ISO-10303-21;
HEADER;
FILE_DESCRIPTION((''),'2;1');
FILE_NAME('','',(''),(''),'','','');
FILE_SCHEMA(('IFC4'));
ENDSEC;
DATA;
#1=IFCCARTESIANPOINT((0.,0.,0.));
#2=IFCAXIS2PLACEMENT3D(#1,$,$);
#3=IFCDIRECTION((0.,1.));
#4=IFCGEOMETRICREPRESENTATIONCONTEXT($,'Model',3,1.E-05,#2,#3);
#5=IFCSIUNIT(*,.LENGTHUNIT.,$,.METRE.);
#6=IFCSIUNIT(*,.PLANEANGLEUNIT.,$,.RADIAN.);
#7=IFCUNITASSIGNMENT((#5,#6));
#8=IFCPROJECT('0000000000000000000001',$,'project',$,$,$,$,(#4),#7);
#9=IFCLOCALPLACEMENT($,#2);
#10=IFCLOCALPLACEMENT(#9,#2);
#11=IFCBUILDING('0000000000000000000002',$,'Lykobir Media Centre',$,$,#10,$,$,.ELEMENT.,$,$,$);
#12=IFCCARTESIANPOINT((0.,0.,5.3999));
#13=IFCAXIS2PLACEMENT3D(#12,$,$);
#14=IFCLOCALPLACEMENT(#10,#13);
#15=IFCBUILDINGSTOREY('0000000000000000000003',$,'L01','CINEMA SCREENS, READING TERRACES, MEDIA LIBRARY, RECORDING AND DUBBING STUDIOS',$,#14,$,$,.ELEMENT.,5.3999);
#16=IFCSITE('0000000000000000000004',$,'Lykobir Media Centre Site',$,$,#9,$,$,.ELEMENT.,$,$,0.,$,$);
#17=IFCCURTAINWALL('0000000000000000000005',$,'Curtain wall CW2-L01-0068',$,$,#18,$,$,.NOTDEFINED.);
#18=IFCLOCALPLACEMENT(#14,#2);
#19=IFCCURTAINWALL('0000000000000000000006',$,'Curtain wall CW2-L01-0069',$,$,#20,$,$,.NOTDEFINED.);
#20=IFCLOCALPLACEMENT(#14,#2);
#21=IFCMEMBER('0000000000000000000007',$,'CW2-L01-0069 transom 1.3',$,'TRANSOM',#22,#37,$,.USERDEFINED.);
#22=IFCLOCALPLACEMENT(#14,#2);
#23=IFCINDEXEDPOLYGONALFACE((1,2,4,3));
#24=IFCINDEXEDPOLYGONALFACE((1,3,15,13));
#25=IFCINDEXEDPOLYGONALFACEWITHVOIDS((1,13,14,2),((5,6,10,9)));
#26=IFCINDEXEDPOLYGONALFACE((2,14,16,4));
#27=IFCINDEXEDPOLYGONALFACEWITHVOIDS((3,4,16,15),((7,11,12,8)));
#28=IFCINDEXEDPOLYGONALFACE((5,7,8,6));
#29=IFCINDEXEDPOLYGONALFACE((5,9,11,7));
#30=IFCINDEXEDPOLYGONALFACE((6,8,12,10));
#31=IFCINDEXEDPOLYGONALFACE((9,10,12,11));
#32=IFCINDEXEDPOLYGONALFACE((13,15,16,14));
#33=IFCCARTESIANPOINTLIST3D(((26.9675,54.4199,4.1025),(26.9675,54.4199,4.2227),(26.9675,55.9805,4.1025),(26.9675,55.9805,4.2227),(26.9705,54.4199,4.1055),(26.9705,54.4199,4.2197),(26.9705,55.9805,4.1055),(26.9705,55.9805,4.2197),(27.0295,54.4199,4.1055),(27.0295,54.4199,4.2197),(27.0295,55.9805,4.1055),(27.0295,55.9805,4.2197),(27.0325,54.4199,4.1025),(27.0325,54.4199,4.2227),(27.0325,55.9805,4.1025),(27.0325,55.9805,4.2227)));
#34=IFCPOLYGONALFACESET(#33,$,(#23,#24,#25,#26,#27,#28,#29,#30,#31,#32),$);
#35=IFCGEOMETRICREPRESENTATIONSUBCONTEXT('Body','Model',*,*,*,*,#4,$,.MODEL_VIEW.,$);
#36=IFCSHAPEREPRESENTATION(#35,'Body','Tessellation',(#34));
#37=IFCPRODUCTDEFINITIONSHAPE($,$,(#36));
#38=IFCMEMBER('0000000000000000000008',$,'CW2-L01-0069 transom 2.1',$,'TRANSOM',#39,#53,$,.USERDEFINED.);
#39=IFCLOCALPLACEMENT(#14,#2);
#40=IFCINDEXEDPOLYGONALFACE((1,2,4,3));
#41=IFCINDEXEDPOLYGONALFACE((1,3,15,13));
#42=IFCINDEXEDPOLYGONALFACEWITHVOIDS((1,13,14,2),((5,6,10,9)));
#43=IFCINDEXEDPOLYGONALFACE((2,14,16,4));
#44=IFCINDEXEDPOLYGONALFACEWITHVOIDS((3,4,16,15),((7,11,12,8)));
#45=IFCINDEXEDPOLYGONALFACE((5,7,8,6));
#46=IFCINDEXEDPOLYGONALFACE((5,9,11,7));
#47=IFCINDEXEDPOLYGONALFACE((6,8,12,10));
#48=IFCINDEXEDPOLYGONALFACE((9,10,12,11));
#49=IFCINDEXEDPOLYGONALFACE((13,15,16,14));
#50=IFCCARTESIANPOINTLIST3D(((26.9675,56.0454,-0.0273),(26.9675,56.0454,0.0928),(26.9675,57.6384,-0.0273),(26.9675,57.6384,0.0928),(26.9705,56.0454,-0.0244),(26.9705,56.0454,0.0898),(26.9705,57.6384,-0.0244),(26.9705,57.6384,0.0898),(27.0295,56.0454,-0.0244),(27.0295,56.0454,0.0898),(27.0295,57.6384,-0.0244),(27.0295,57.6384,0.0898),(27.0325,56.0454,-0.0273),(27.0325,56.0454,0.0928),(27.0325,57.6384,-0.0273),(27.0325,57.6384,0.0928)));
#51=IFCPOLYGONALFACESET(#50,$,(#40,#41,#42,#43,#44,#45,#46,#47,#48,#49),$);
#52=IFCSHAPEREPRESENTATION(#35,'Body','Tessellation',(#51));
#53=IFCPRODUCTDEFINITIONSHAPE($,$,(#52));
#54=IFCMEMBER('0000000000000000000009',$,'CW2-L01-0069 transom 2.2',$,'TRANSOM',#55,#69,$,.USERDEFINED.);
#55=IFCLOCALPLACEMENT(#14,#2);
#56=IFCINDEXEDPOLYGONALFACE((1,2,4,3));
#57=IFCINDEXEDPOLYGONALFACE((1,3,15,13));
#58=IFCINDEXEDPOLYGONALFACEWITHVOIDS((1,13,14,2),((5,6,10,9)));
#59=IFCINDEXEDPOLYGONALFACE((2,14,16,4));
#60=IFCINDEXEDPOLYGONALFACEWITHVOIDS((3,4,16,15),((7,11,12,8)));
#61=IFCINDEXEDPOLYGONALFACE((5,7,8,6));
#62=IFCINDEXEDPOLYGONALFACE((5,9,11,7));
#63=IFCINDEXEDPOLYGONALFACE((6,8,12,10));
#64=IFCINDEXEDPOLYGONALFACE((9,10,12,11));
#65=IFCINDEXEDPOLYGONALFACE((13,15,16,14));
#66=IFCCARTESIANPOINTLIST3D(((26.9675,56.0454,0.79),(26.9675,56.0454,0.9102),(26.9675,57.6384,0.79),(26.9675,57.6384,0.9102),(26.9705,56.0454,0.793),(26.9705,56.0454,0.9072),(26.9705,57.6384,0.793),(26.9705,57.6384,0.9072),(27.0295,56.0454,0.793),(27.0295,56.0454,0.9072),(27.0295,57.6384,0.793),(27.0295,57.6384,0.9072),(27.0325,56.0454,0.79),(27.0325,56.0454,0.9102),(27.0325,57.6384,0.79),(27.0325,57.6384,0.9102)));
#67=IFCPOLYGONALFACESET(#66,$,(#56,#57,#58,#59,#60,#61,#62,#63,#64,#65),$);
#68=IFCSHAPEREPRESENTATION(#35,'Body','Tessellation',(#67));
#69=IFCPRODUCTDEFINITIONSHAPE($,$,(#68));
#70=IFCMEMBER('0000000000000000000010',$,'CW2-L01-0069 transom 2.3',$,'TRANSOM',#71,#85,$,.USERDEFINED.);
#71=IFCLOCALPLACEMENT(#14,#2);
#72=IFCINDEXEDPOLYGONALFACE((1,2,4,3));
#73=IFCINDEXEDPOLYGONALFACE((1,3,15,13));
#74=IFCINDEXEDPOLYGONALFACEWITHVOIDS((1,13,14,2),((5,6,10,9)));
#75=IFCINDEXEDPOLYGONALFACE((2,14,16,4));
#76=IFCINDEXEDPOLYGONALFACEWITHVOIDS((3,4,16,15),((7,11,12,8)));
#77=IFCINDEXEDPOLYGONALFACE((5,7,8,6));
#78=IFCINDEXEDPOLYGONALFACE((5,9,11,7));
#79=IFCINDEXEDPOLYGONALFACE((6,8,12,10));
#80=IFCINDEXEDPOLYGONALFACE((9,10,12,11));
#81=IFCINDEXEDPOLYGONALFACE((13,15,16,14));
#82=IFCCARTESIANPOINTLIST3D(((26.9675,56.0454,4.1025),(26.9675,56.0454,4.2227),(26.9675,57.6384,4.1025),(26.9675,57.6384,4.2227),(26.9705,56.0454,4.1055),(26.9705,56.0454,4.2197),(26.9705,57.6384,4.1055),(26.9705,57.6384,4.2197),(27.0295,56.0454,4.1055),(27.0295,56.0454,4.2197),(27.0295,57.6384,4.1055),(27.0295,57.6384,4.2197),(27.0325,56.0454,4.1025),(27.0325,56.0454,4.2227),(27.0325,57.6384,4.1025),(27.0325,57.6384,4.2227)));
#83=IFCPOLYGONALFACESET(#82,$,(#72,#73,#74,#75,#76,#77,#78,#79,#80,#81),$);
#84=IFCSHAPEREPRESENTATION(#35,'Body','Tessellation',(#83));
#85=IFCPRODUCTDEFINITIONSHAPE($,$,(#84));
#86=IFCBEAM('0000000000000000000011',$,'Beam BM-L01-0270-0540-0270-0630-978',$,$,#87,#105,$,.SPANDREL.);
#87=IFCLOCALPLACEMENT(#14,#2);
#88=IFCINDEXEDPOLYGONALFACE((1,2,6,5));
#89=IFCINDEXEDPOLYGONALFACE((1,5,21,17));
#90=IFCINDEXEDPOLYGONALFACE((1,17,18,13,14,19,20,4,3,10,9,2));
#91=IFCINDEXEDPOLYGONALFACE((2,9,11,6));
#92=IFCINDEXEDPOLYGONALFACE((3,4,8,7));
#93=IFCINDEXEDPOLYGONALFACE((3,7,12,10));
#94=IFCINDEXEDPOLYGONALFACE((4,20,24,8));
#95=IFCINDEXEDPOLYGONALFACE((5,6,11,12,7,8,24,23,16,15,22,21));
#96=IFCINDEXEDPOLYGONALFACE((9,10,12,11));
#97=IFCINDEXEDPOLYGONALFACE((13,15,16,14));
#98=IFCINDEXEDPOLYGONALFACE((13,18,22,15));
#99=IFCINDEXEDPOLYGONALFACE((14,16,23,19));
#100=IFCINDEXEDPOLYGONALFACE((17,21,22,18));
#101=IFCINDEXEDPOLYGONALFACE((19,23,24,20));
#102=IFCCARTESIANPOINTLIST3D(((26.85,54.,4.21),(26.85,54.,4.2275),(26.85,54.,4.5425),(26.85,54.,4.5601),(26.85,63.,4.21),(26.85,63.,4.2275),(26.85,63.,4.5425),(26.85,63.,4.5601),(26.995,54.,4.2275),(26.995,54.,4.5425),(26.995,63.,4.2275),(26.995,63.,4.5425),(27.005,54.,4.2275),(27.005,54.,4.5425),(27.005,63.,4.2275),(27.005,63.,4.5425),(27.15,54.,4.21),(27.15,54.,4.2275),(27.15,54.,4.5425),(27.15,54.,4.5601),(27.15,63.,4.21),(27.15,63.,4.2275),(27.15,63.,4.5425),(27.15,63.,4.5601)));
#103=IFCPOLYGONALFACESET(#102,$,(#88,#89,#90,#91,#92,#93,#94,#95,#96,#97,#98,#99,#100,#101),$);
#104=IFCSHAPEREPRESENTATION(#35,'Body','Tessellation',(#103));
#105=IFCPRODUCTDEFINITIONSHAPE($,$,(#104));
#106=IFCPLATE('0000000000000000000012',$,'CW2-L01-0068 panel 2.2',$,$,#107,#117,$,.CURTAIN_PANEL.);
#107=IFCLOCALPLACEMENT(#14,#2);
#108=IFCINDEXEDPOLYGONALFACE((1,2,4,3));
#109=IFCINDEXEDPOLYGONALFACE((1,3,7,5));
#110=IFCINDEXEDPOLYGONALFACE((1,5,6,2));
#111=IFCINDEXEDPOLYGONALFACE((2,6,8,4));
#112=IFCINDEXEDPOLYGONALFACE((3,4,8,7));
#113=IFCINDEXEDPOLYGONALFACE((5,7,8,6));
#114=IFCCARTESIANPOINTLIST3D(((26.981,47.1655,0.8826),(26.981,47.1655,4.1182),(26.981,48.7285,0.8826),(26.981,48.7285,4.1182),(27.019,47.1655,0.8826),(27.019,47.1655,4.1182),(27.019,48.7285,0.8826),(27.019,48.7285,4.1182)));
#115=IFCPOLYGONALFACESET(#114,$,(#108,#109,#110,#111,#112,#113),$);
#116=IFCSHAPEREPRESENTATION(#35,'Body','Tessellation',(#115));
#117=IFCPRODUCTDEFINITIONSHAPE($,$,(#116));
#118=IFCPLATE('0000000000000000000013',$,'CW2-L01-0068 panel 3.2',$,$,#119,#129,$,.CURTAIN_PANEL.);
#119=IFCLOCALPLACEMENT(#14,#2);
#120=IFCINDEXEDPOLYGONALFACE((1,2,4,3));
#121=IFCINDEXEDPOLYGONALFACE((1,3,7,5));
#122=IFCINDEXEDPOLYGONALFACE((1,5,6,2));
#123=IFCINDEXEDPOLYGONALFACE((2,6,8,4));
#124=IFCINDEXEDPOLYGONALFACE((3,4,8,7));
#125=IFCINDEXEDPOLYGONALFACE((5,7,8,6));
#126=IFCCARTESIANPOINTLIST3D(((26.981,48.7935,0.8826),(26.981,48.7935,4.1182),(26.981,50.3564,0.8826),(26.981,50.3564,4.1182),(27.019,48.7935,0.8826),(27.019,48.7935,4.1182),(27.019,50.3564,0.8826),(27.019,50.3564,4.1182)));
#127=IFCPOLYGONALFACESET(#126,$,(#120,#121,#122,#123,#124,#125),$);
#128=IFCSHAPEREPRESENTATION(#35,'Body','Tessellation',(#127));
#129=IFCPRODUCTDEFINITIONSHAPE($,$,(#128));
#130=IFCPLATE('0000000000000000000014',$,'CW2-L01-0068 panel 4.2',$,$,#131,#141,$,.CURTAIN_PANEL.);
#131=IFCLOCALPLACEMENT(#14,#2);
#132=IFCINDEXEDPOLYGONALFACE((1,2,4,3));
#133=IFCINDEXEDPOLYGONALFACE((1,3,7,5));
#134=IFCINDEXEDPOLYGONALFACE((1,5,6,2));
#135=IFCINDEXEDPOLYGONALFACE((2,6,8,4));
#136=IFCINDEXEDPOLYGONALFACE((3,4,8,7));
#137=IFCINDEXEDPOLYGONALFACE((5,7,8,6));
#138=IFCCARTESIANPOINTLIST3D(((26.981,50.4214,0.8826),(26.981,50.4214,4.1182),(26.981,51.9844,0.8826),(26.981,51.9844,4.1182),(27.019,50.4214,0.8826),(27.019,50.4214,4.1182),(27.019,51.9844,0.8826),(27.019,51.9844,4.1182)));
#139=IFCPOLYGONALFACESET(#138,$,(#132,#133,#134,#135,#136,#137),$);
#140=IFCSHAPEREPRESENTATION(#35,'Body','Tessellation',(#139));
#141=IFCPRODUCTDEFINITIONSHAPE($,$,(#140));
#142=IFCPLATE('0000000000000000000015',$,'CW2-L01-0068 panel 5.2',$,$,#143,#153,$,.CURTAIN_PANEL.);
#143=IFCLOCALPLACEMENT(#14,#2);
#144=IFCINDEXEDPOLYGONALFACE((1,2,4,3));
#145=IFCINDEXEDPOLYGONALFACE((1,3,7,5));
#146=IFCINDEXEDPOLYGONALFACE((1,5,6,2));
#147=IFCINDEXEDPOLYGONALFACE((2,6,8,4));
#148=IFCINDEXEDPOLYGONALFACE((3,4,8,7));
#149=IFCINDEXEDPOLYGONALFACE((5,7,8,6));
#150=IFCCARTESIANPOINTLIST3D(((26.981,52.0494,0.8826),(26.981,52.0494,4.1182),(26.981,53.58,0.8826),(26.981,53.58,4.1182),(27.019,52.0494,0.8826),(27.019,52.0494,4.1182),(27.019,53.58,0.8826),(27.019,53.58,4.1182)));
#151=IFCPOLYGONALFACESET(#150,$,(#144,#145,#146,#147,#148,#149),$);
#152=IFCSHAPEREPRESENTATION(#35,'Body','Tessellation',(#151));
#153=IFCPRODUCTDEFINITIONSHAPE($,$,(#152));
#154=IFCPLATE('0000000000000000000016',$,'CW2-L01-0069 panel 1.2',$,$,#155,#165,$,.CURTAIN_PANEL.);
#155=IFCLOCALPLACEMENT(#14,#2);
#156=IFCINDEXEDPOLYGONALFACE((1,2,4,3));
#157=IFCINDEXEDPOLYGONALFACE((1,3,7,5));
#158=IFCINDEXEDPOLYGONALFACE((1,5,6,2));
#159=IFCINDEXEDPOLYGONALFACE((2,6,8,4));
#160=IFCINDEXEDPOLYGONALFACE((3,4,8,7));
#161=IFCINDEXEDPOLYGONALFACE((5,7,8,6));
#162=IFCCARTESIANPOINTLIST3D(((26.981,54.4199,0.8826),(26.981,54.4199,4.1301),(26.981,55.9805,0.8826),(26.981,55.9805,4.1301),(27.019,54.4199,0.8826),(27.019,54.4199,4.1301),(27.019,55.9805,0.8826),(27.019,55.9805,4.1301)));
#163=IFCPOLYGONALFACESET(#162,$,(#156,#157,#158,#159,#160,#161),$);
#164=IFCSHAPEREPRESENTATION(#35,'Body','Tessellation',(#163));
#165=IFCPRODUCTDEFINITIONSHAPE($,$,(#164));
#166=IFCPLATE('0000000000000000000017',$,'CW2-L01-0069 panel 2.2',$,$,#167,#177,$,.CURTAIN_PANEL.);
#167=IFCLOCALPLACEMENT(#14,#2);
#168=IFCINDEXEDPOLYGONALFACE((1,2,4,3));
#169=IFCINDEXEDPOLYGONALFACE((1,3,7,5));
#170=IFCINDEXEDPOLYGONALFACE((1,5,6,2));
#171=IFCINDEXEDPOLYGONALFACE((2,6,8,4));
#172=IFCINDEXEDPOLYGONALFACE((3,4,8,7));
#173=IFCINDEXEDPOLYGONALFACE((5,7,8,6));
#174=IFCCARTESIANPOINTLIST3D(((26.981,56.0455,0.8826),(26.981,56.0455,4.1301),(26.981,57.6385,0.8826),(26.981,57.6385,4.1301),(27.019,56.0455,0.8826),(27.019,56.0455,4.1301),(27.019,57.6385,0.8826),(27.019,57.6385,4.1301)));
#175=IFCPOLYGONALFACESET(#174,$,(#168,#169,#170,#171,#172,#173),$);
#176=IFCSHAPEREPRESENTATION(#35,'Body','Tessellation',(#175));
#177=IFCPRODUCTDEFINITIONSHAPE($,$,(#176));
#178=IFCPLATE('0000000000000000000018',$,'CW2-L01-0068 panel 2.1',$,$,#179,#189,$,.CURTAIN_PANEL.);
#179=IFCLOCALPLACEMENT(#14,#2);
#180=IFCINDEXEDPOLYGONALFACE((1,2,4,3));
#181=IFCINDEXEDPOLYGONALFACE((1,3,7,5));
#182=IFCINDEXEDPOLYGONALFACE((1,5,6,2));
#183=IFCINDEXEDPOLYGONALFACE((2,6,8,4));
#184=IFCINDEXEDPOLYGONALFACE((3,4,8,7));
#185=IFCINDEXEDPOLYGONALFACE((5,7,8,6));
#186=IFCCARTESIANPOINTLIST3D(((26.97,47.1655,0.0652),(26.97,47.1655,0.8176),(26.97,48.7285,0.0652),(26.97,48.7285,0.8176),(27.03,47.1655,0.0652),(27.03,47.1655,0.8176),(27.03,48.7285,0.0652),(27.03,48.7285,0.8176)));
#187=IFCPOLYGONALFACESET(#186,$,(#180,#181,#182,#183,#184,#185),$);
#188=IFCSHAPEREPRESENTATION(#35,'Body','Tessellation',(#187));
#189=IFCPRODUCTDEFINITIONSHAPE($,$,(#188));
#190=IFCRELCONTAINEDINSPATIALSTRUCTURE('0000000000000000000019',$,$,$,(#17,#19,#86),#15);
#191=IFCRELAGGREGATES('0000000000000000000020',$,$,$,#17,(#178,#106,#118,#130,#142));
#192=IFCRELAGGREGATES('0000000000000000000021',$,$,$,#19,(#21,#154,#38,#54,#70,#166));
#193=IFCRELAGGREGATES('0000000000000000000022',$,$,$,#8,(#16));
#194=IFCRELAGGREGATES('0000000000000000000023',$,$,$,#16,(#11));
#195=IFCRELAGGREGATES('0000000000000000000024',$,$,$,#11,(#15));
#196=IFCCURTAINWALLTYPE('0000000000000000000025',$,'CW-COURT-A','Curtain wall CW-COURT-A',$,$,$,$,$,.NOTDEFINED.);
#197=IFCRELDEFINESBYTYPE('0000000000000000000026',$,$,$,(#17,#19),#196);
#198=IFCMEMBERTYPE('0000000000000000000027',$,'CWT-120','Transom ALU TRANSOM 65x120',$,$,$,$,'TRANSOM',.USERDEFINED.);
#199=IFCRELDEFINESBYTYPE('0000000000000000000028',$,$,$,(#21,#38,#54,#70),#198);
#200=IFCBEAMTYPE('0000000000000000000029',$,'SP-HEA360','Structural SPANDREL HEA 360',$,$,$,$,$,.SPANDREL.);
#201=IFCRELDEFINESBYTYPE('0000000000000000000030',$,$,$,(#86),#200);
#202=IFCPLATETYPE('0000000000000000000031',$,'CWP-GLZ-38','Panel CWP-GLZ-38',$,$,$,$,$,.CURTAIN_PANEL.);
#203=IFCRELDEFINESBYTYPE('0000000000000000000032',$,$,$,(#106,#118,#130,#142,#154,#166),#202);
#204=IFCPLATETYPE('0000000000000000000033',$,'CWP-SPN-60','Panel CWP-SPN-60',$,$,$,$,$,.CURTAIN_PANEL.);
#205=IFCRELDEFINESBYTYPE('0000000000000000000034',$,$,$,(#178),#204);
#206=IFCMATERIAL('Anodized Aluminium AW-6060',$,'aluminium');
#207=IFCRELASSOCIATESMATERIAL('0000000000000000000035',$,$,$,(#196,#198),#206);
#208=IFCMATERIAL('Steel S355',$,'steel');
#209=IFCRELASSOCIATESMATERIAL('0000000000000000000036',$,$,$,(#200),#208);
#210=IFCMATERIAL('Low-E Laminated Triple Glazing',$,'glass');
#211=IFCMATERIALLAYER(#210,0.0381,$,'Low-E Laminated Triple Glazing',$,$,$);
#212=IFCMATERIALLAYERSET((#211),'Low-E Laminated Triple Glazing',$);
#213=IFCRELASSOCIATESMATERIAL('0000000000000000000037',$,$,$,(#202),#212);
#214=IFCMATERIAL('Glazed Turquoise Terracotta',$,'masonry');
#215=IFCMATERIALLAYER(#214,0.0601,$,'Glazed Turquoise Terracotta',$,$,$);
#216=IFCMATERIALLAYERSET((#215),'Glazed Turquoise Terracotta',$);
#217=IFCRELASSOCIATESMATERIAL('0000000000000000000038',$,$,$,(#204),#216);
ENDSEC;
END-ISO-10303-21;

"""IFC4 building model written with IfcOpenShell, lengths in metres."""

from ifc_helpers import new_model, si_unit, direction, frame, origin, origin_2d, place, context, subcontext, project, spatial, rectangle, hollow_rectangle, i_section, extrude, material, layer, layer_set, material_profile, profile_set, type_object, element, aggregate, save


model = new_model("IFC4")

# Units and contexts
model_context = context("Model", 3, precision=1e-05, world=origin(), true_north=direction((0.0, 1.0)))
body_context = subcontext(model_context, "Body", "Model", "MODEL_VIEW")
ifc_project = project(units=[si_unit("LENGTHUNIT", "METRE"), si_unit("PLANEANGLEUNIT", "RADIAN")], contexts=[model_context])

# Site, building, storey
site_placement = place(None, origin())
site = spatial("IfcSite", under=ifc_project, at=site_placement, Name="Lykobir Media Centre Site", CompositionType="ELEMENT", RefElevation=0.0)
building_placement = place(site_placement, origin())
building = spatial("IfcBuilding", under=site, at=building_placement, Name="Lykobir Media Centre", CompositionType="ELEMENT")
storey_placement = place(building_placement, frame((0.0, 0.0, 5.3999)))
storey = spatial("IfcBuildingStorey", under=building, at=storey_placement, Name="L01", Description="CINEMA SCREENS, READING TERRACES, MEDIA LIBRARY, RECORDING AND DUBBING STUDIOS", CompositionType="ELEMENT", Elevation=5.3999)

# Shared definitions
ifc_material_1 = material(Name="Steel S355", Category="steel")

# Curtain walls
ifc_material_2 = material(Name="Anodized Aluminium AW-6060", Category="aluminium")
curtain_wall_type = type_object("IfcCurtainWallType", Name="CW-COURT-A", Description="Curtain wall CW-COURT-A", PredefinedType="NOTDEFINED", material=ifc_material_2)
curtain_wall_1_placement = place(storey_placement, origin())
curtain_wall_1 = element("IfcCurtainWall", 1, at=curtain_wall_1_placement, inside=storey, type_object=curtain_wall_type, Name="Curtain wall CW2-L01-0068", PredefinedType="NOTDEFINED")
curtain_wall_2_placement = place(storey_placement, origin())
curtain_wall_2 = element("IfcCurtainWall", 2, at=curtain_wall_2_placement, inside=storey, type_object=curtain_wall_type, Name="Curtain wall CW2-L01-0069", PredefinedType="NOTDEFINED")

# Members
ifc_material_profile_1 = material_profile(ifc_material_2, hollow_rectangle(XDim=0.0649, YDim=0.1201, WallThickness=0.0029, at=origin_2d()), Name="ALU TRANSOM 65x120")
ifc_profile_set_1 = profile_set([ifc_material_profile_1], Name="Anodized Aluminium AW-6060")
member_type_1 = type_object("IfcMemberType", Name="CWT-120", Description="Transom ALU TRANSOM 65x120", ElementType="TRANSOM", PredefinedType="USERDEFINED", material=ifc_profile_set_1)
member_1_placement = place(storey_placement, frame((27.0, 54.4199, 4.1626), z_axis=(0.0, 1.0, 0.0), x_axis=(-1.0, 0.0, 0.0)))
member_1 = element("IfcMember", 3, at=member_1_placement, type_object=member_type_1, Name="CW2-L01-0069 transom 1.3", ObjectType="TRANSOM", PredefinedType="USERDEFINED", context=body_context, shape_type="SweptSolid", body=[
    extrude(hollow_rectangle(XDim=0.0649, YDim=0.1201, WallThickness=0.0029, at=origin_2d()), origin(), (0.0, 0.0, 1.0), 1.5605),
])
member_2_placement = place(storey_placement, frame((27.0, 56.0454, 0.0327), z_axis=(0.0, 1.0, 0.0), x_axis=(-1.0, 0.0, 0.0)))
member_2 = element("IfcMember", 4, at=member_2_placement, type_object=member_type_1, Name="CW2-L01-0069 transom 2.1", ObjectType="TRANSOM", PredefinedType="USERDEFINED", context=body_context, shape_type="SweptSolid", body=[
    extrude(hollow_rectangle(XDim=0.0649, YDim=0.1201, WallThickness=0.0029, at=origin_2d()), origin(), (0.0, 0.0, 1.0), 1.593),
])
member_3_placement = place(storey_placement, frame((27.0, 56.0454, 0.8501), z_axis=(0.0, 1.0, 0.0), x_axis=(-1.0, 0.0, 0.0)))
member_3 = element("IfcMember", 5, at=member_3_placement, type_object=member_type_1, Name="CW2-L01-0069 transom 2.2", ObjectType="TRANSOM", PredefinedType="USERDEFINED", context=body_context, shape_type="SweptSolid", body=[
    extrude(hollow_rectangle(XDim=0.0649, YDim=0.1201, WallThickness=0.0029, at=origin_2d()), origin(), (0.0, 0.0, 1.0), 1.593),
])
member_4_placement = place(storey_placement, frame((27.0, 56.0454, 4.1626), z_axis=(0.0, 1.0, 0.0), x_axis=(-1.0, 0.0, 0.0)))
member_4 = element("IfcMember", 6, at=member_4_placement, type_object=member_type_1, Name="CW2-L01-0069 transom 2.3", ObjectType="TRANSOM", PredefinedType="USERDEFINED", context=body_context, shape_type="SweptSolid", body=[
    extrude(hollow_rectangle(XDim=0.0649, YDim=0.1201, WallThickness=0.0029, at=origin_2d()), origin(), (0.0, 0.0, 1.0), 1.593),
])

# Beam
ifc_material_profile_2 = material_profile(ifc_material_1, i_section(OverallWidth=0.3, OverallDepth=0.3501, WebThickness=0.01, FlangeThickness=0.0176, at=origin_2d()), Name="HEA 360")
ifc_profile_set_2 = profile_set([ifc_material_profile_2], Name="Steel S355")
beam_type_1 = type_object("IfcBeamType", Name="SP-HEA360", Description="Structural SPANDREL HEA 360", PredefinedType="SPANDREL", material=ifc_profile_set_2)
beam_1_placement = place(storey_placement, frame((27.0, 54.0, 4.385), z_axis=(0.0, 1.0, 0.0), x_axis=(-1.0, 0.0, 0.0)))
element("IfcBeam", 7, at=beam_1_placement, inside=storey, type_object=beam_type_1, Name="Beam BM-L01-0270-0540-0270-0630-978", PredefinedType="SPANDREL", context=body_context, shape_type="SweptSolid", body=[
    extrude(i_section(OverallWidth=0.3, OverallDepth=0.3501, WebThickness=0.01, FlangeThickness=0.0176, at=origin_2d()), origin(), (0.0, 0.0, 1.0), 9.0),
])

# Plates
ifc_material_3 = material(Name="Low-E Laminated Triple Glazing", Category="glass")
ifc_layer_1 = layer(ifc_material_3, 0.0381, Name="Low-E Laminated Triple Glazing")
ifc_layer_set_1 = layer_set([ifc_layer_1], Name="Low-E Laminated Triple Glazing")
plate_type_1 = type_object("IfcPlateType", Name="CWP-GLZ-38", Description="Panel CWP-GLZ-38", PredefinedType="CURTAIN_PANEL", material=ifc_layer_set_1)
plate_1_placement = place(storey_placement, frame((27.0, 47.947, 0.8826), z_axis=(0.0, 0.0, 1.0), x_axis=(0.0, 1.0, 0.0)))
plate_1 = element("IfcPlate", 8, at=plate_1_placement, type_object=plate_type_1, Name="CW2-L01-0068 panel 2.2", PredefinedType="CURTAIN_PANEL", context=body_context, shape_type="SweptSolid", body=[
    extrude(rectangle(XDim=1.563, YDim=0.0381, at=origin_2d()), origin(), (0.0, 0.0, 1.0), 3.2356),
])
plate_2_placement = place(storey_placement, frame((27.0, 49.575, 0.8826), z_axis=(0.0, 0.0, 1.0), x_axis=(0.0, 1.0, 0.0)))
plate_2 = element("IfcPlate", 9, at=plate_2_placement, type_object=plate_type_1, Name="CW2-L01-0068 panel 3.2", PredefinedType="CURTAIN_PANEL", context=body_context, shape_type="SweptSolid", body=[
    extrude(rectangle(XDim=1.563, YDim=0.0381, at=origin_2d()), origin(), (0.0, 0.0, 1.0), 3.2356),
])
plate_3_placement = place(storey_placement, frame((27.0, 51.2029, 0.8826), z_axis=(0.0, 0.0, 1.0), x_axis=(0.0, 1.0, 0.0)))
plate_3 = element("IfcPlate", 10, at=plate_3_placement, type_object=plate_type_1, Name="CW2-L01-0068 panel 4.2", PredefinedType="CURTAIN_PANEL", context=body_context, shape_type="SweptSolid", body=[
    extrude(rectangle(XDim=1.563, YDim=0.0381, at=origin_2d()), origin(), (0.0, 0.0, 1.0), 3.2356),
])
plate_4_placement = place(storey_placement, frame((27.0, 52.8147, 0.8826), z_axis=(0.0, 0.0, 1.0), x_axis=(0.0, 1.0, 0.0)))
plate_4 = element("IfcPlate", 11, at=plate_4_placement, type_object=plate_type_1, Name="CW2-L01-0068 panel 5.2", PredefinedType="CURTAIN_PANEL", context=body_context, shape_type="SweptSolid", body=[
    extrude(rectangle(XDim=1.5305, YDim=0.0381, at=origin_2d()), origin(), (0.0, 0.0, 1.0), 3.2356),
])
plate_5_placement = place(storey_placement, frame((27.0, 55.2002, 0.8826), z_axis=(0.0, 0.0, 1.0), x_axis=(0.0, 1.0, 0.0)))
plate_5 = element("IfcPlate", 12, at=plate_5_placement, type_object=plate_type_1, Name="CW2-L01-0069 panel 1.2", PredefinedType="CURTAIN_PANEL", context=body_context, shape_type="SweptSolid", body=[
    extrude(rectangle(XDim=1.5605, YDim=0.0381, at=origin_2d()), origin(), (0.0, 0.0, 1.0), 3.2476),
])
plate_6_placement = place(storey_placement, frame((27.0, 56.842, 0.8826), z_axis=(0.0, 0.0, 1.0), x_axis=(0.0, 1.0, 0.0)))
plate_6 = element("IfcPlate", 13, at=plate_6_placement, type_object=plate_type_1, Name="CW2-L01-0069 panel 2.2", PredefinedType="CURTAIN_PANEL", context=body_context, shape_type="SweptSolid", body=[
    extrude(rectangle(XDim=1.593, YDim=0.0381, at=origin_2d()), origin(), (0.0, 0.0, 1.0), 3.2476),
])
ifc_material_4 = material(Name="Glazed Turquoise Terracotta", Category="masonry")
ifc_layer_2 = layer(ifc_material_4, 0.0601, Name="Glazed Turquoise Terracotta")
ifc_layer_set_2 = layer_set([ifc_layer_2], Name="Glazed Turquoise Terracotta")
plate_type_2 = type_object("IfcPlateType", Name="CWP-SPN-60", Description="Panel CWP-SPN-60", PredefinedType="CURTAIN_PANEL", material=ifc_layer_set_2)
plate_7_placement = place(storey_placement, frame((27.0, 47.947, 0.0652), z_axis=(0.0, 0.0, 1.0), x_axis=(0.0, 1.0, 0.0)))
plate_7 = element("IfcPlate", 14, at=plate_7_placement, type_object=plate_type_2, Name="CW2-L01-0068 panel 2.1", PredefinedType="CURTAIN_PANEL", context=body_context, shape_type="SweptSolid", body=[
    extrude(rectangle(XDim=1.563, YDim=0.0601, at=origin_2d()), origin(), (0.0, 0.0, 1.0), 0.7524),
])
aggregate(curtain_wall_1, [plate_7, plate_1, plate_2, plate_3, plate_4])
aggregate(curtain_wall_2, [member_1, plate_5, member_2, member_3, member_4, plate_6])

save(model, "model.ifc")
